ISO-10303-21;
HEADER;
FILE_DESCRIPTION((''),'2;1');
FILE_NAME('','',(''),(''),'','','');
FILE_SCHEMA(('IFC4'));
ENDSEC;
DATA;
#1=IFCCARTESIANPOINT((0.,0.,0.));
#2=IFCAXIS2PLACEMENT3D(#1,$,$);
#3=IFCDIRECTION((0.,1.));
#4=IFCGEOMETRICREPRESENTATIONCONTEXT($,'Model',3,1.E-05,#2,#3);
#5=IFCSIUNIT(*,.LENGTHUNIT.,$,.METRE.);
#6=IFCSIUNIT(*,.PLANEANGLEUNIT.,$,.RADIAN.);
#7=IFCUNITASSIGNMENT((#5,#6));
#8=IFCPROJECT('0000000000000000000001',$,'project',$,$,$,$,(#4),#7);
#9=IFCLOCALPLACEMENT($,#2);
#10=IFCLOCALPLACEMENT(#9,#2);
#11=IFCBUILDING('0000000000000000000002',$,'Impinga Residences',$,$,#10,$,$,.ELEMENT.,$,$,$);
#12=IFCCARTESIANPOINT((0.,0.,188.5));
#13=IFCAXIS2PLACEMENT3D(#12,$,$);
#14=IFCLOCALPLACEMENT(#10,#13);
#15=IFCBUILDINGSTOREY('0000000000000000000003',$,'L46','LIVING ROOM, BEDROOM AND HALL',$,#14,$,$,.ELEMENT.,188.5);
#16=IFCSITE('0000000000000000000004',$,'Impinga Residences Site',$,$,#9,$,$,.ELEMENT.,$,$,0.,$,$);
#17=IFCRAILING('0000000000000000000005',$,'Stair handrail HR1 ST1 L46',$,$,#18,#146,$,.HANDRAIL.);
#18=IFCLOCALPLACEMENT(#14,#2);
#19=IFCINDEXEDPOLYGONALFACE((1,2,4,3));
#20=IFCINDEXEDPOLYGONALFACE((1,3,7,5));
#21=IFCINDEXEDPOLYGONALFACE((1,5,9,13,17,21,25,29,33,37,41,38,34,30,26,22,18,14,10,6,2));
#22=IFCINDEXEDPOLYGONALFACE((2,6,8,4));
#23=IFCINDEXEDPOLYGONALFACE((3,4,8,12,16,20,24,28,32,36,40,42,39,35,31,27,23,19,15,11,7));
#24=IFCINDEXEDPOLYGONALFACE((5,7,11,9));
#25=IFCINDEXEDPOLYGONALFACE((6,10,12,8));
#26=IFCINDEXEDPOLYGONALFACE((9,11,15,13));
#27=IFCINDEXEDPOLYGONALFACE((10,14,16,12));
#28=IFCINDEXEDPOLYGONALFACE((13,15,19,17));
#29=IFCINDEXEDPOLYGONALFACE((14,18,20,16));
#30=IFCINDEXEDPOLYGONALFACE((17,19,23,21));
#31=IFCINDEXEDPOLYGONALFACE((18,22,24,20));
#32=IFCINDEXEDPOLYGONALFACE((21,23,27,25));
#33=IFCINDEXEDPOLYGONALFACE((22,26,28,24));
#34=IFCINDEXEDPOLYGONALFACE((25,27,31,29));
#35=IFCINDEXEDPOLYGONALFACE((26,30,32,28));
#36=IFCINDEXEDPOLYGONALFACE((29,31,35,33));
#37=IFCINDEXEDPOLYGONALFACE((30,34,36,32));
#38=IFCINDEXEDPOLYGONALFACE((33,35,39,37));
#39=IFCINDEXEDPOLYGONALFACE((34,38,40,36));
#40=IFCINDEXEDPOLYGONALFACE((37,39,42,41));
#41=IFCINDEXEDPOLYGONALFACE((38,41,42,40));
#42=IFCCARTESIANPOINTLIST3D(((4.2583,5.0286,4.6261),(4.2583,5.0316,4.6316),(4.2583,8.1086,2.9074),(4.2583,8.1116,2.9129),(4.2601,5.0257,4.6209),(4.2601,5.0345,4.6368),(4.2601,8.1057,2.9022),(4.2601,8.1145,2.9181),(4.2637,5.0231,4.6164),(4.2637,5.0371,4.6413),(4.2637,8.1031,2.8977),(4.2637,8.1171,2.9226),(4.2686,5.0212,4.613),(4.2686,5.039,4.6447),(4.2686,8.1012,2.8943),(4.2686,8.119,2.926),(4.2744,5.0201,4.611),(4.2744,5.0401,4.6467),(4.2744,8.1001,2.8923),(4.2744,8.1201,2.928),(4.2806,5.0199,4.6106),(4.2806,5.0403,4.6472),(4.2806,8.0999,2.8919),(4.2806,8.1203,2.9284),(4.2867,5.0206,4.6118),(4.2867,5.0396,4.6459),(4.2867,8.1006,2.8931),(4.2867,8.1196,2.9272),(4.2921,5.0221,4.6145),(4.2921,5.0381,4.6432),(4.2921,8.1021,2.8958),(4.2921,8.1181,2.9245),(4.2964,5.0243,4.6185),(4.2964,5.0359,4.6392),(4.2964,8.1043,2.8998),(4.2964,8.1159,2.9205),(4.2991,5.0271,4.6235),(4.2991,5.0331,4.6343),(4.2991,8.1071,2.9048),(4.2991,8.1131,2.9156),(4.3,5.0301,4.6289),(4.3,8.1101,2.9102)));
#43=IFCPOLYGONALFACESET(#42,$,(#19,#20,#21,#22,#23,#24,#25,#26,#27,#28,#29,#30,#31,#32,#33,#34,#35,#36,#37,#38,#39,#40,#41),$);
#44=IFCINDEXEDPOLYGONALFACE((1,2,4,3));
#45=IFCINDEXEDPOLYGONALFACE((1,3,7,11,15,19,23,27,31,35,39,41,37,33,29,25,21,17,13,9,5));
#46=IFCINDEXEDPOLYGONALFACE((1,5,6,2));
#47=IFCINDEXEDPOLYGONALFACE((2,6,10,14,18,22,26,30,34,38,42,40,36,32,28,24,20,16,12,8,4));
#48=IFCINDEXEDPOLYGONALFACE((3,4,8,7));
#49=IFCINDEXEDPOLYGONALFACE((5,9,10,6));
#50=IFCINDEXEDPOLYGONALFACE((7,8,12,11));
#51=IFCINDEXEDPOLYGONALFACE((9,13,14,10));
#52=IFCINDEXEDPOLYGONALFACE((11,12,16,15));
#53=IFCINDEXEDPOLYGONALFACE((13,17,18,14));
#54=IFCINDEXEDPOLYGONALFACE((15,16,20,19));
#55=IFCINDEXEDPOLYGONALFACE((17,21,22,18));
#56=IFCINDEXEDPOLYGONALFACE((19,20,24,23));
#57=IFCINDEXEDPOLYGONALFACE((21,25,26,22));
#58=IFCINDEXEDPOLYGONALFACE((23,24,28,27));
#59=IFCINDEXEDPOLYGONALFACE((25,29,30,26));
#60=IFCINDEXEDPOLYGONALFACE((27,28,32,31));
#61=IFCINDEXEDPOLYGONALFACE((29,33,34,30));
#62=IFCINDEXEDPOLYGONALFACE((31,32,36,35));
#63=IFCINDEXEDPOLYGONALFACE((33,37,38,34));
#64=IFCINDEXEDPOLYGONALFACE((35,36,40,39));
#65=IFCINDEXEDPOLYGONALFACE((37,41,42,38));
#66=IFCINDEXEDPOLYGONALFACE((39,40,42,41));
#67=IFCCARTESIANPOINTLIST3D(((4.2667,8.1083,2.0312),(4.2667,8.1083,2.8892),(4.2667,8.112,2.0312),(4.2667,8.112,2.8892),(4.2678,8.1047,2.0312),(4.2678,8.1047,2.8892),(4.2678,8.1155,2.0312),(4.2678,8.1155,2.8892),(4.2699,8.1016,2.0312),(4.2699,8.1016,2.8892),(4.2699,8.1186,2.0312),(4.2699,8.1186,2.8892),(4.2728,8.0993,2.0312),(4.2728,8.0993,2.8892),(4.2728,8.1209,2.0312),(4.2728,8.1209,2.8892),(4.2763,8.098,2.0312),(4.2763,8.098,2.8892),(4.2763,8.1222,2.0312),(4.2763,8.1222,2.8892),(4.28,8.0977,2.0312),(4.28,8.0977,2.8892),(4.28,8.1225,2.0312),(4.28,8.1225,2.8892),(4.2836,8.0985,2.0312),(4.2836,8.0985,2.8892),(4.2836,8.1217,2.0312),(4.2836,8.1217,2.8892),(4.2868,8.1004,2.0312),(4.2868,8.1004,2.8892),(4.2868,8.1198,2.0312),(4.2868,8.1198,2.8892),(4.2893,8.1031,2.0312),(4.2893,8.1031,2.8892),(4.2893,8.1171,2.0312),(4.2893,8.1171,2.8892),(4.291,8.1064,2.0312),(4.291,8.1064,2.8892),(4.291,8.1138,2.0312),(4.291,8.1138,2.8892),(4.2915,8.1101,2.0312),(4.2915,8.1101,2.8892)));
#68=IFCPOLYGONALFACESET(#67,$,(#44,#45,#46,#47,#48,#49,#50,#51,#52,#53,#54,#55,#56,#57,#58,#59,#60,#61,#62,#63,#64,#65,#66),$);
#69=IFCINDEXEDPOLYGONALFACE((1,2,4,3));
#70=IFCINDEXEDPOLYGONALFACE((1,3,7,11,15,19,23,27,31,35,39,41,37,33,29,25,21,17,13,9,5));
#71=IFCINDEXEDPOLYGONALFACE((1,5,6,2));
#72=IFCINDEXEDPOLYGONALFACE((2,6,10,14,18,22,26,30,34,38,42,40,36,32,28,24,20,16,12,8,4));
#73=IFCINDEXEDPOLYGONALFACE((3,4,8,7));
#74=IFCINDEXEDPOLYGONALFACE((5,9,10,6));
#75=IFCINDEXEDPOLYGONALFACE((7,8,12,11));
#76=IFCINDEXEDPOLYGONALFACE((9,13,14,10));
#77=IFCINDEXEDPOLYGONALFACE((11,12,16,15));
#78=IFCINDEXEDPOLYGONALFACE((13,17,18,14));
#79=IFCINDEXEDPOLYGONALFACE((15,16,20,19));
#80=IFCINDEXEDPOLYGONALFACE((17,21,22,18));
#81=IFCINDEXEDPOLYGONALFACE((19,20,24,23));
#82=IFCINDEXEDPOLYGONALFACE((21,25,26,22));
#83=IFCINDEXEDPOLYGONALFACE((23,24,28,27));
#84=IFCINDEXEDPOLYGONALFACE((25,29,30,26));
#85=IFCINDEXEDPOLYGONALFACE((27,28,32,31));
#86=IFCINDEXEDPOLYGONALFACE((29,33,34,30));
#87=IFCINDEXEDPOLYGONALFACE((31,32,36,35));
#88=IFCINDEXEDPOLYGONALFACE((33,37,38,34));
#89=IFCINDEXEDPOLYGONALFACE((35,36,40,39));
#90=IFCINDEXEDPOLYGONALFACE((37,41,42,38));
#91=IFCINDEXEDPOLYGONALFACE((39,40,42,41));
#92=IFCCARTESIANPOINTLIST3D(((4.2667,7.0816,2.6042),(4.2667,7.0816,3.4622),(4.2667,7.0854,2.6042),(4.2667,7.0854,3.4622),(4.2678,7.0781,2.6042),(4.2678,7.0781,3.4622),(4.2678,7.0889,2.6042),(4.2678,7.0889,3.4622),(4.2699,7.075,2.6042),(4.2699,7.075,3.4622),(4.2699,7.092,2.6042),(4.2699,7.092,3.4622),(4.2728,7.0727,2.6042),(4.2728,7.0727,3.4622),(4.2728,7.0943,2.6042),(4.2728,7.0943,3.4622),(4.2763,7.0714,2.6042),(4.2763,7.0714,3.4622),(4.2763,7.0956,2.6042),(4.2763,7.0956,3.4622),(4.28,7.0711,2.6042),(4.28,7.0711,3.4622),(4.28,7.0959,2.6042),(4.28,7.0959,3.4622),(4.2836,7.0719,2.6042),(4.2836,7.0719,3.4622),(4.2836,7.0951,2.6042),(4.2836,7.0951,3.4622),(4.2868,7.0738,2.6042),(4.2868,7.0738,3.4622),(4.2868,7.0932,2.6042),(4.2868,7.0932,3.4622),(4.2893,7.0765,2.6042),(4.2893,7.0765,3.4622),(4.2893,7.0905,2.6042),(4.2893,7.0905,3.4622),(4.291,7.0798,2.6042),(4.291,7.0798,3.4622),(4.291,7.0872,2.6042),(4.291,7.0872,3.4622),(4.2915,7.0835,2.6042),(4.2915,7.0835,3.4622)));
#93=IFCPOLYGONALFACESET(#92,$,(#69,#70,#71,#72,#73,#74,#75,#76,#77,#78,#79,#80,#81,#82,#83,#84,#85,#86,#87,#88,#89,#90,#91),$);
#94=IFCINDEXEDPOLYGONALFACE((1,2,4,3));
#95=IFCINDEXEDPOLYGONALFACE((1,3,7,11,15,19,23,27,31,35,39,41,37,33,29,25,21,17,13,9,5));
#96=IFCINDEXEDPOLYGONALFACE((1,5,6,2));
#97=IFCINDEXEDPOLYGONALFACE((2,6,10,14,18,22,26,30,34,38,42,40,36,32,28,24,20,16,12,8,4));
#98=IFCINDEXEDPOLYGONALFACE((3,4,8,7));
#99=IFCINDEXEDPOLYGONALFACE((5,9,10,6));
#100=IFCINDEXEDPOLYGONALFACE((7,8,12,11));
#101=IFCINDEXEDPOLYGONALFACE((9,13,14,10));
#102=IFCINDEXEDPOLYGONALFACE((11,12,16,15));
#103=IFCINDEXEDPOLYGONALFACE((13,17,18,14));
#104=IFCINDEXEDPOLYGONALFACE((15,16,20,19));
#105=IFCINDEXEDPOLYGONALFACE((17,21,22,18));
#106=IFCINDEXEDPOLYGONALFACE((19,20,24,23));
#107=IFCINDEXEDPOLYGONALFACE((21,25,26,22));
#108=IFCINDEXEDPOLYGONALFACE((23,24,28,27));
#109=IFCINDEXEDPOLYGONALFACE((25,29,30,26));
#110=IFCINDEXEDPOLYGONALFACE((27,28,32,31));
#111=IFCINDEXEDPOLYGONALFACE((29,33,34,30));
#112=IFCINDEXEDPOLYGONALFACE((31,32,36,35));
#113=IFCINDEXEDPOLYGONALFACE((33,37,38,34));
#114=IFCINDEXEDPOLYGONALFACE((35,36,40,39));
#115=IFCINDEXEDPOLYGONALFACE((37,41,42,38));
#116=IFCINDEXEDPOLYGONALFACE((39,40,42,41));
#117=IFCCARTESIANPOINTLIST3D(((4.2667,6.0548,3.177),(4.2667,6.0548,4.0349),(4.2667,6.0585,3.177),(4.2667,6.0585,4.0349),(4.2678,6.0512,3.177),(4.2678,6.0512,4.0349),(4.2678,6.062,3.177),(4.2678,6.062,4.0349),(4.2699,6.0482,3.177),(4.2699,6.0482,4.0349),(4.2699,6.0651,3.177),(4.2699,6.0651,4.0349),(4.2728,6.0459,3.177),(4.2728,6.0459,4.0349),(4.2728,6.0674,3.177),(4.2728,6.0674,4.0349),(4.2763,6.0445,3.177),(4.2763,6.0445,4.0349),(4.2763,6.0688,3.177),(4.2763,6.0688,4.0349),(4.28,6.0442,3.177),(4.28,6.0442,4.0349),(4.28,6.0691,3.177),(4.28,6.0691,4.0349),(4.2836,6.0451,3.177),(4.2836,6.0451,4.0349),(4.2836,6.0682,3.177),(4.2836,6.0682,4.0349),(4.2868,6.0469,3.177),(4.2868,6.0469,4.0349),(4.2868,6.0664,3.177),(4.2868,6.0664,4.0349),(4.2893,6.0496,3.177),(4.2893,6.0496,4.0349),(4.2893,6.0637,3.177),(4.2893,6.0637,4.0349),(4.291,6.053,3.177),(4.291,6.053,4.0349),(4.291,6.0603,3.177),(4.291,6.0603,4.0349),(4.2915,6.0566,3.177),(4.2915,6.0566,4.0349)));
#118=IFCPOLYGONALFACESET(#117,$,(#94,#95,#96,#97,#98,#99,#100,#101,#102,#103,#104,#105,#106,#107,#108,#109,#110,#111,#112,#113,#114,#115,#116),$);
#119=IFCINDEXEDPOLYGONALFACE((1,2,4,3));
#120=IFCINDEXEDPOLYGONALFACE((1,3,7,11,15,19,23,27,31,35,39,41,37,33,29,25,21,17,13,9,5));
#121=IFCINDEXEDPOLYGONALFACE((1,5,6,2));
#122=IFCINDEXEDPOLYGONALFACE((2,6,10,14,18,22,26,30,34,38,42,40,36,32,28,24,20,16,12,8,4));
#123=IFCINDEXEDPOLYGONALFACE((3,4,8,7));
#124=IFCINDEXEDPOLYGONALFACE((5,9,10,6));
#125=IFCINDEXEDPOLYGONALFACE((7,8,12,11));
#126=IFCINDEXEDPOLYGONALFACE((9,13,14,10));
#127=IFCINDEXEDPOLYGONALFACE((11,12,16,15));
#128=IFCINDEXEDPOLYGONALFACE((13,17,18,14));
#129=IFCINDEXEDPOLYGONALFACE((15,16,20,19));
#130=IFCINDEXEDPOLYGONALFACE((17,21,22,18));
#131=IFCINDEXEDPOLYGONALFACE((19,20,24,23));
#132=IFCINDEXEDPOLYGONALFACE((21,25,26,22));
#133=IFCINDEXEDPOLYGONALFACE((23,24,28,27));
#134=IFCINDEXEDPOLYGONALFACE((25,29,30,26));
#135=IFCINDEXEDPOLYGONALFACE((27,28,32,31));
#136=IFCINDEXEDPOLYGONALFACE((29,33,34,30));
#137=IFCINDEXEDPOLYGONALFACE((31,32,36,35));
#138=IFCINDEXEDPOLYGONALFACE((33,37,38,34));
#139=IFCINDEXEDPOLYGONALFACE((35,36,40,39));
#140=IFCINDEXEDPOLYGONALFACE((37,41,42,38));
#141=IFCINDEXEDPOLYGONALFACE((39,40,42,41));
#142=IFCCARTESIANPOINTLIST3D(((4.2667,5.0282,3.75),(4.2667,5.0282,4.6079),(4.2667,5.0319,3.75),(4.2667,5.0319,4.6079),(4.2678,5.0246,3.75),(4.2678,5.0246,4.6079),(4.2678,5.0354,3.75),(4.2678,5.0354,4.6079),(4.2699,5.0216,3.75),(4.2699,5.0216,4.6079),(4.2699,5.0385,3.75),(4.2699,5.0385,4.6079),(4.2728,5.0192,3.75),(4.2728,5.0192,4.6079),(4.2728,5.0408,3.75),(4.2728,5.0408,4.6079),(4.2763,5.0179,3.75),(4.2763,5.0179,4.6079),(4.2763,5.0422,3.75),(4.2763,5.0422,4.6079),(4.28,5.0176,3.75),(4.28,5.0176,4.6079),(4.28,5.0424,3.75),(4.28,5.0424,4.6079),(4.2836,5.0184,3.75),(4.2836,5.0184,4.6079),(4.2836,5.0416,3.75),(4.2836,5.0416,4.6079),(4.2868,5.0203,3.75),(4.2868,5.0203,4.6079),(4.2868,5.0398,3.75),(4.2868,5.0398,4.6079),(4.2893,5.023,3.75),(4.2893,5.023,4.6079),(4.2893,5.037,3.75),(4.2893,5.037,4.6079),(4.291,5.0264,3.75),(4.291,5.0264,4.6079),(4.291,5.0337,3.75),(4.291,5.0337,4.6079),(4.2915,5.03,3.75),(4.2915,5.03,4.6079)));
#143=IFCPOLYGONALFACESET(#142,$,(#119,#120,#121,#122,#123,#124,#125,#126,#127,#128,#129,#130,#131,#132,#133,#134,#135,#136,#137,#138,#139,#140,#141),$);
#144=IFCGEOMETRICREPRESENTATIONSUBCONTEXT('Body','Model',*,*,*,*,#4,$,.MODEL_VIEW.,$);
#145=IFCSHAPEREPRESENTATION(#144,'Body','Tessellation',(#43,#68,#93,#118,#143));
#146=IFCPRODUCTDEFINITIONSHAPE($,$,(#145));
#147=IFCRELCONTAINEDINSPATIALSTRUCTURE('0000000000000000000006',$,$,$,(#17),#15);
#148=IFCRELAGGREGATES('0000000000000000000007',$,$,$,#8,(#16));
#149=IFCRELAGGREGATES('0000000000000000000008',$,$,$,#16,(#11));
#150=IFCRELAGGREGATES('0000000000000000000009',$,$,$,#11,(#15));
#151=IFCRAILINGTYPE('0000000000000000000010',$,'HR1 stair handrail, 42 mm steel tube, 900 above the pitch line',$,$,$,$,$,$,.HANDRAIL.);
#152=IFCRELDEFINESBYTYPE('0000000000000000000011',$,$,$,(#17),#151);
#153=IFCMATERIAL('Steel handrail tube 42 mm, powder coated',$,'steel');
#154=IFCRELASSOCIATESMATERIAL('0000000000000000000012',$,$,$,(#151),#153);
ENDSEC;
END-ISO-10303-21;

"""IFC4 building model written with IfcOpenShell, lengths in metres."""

from ifc_helpers import new_model, si_unit, direction, frame, origin, origin_2d, place, context, subcontext, project, spatial, circle, extrude, material, type_object, element, save


model = new_model("IFC4")

# Units and contexts
model_context = context("Model", 3, precision=1e-05, world=origin(), true_north=direction((0.0, 1.0)))
body_context = subcontext(model_context, "Body", "Model", "MODEL_VIEW")
ifc_project = project(units=[si_unit("LENGTHUNIT", "METRE"), si_unit("PLANEANGLEUNIT", "RADIAN")], contexts=[model_context])

# Site, building, storey
site_placement = place(None, origin())
site = spatial("IfcSite", under=ifc_project, at=site_placement, Name="Impinga Residences Site", CompositionType="ELEMENT", RefElevation=0.0)
building_placement = place(site_placement, origin())
building = spatial("IfcBuilding", under=site, at=building_placement, Name="Impinga Residences", CompositionType="ELEMENT")
storey_placement = place(building_placement, frame((0.0, 0.0, 188.5)))
storey = spatial("IfcBuildingStorey", under=building, at=storey_placement, Name="L46", Description="LIVING ROOM, BEDROOM AND HALL", CompositionType="ELEMENT", Elevation=188.5)

# Railing
ifc_material_1 = material(Name="Steel handrail tube 42 mm, powder coated", Category="steel")
railing_type = type_object("IfcRailingType", Name="HR1 stair handrail, 42 mm steel tube, 900 above the pitch line", PredefinedType="HANDRAIL", material=ifc_material_1)
railing_placement = place(storey_placement, frame((4.2791, 8.1101, 2.0312)))
element("IfcRailing", 1, at=railing_placement, inside=storey, type_object=railing_type, Name="Stair handrail HR1 ST1 L46", PredefinedType="HANDRAIL", context=body_context, shape_type="SweptSolid", body=[
    extrude(circle(Radius=0.021, at=origin_2d()), frame((0.0, 0.0, 0.8789), z_axis=(0.0, -0.873242, 0.487288), x_axis=(1.0, 0.0, 0.0)), (0.0, 0.0, 1.0), 3.5271),
    extrude(circle(Radius=0.0125, at=origin_2d()), origin(), (0.0, 0.0, 1.0), 0.8579),
    extrude(circle(Radius=0.0125, at=origin_2d()), frame((0.0, -1.0266, 0.573)), (0.0, 0.0, 1.0), 0.8579),
    extrude(circle(Radius=0.0125, at=origin_2d()), frame((0.0, -2.0535, 1.1458)), (0.0, 0.0, 1.0), 0.8579),
    extrude(circle(Radius=0.0125, at=origin_2d()), frame((0.0, -3.0801, 1.7188)), (0.0, 0.0, 1.0), 0.8579),
])

save(model, "model.ifc")
